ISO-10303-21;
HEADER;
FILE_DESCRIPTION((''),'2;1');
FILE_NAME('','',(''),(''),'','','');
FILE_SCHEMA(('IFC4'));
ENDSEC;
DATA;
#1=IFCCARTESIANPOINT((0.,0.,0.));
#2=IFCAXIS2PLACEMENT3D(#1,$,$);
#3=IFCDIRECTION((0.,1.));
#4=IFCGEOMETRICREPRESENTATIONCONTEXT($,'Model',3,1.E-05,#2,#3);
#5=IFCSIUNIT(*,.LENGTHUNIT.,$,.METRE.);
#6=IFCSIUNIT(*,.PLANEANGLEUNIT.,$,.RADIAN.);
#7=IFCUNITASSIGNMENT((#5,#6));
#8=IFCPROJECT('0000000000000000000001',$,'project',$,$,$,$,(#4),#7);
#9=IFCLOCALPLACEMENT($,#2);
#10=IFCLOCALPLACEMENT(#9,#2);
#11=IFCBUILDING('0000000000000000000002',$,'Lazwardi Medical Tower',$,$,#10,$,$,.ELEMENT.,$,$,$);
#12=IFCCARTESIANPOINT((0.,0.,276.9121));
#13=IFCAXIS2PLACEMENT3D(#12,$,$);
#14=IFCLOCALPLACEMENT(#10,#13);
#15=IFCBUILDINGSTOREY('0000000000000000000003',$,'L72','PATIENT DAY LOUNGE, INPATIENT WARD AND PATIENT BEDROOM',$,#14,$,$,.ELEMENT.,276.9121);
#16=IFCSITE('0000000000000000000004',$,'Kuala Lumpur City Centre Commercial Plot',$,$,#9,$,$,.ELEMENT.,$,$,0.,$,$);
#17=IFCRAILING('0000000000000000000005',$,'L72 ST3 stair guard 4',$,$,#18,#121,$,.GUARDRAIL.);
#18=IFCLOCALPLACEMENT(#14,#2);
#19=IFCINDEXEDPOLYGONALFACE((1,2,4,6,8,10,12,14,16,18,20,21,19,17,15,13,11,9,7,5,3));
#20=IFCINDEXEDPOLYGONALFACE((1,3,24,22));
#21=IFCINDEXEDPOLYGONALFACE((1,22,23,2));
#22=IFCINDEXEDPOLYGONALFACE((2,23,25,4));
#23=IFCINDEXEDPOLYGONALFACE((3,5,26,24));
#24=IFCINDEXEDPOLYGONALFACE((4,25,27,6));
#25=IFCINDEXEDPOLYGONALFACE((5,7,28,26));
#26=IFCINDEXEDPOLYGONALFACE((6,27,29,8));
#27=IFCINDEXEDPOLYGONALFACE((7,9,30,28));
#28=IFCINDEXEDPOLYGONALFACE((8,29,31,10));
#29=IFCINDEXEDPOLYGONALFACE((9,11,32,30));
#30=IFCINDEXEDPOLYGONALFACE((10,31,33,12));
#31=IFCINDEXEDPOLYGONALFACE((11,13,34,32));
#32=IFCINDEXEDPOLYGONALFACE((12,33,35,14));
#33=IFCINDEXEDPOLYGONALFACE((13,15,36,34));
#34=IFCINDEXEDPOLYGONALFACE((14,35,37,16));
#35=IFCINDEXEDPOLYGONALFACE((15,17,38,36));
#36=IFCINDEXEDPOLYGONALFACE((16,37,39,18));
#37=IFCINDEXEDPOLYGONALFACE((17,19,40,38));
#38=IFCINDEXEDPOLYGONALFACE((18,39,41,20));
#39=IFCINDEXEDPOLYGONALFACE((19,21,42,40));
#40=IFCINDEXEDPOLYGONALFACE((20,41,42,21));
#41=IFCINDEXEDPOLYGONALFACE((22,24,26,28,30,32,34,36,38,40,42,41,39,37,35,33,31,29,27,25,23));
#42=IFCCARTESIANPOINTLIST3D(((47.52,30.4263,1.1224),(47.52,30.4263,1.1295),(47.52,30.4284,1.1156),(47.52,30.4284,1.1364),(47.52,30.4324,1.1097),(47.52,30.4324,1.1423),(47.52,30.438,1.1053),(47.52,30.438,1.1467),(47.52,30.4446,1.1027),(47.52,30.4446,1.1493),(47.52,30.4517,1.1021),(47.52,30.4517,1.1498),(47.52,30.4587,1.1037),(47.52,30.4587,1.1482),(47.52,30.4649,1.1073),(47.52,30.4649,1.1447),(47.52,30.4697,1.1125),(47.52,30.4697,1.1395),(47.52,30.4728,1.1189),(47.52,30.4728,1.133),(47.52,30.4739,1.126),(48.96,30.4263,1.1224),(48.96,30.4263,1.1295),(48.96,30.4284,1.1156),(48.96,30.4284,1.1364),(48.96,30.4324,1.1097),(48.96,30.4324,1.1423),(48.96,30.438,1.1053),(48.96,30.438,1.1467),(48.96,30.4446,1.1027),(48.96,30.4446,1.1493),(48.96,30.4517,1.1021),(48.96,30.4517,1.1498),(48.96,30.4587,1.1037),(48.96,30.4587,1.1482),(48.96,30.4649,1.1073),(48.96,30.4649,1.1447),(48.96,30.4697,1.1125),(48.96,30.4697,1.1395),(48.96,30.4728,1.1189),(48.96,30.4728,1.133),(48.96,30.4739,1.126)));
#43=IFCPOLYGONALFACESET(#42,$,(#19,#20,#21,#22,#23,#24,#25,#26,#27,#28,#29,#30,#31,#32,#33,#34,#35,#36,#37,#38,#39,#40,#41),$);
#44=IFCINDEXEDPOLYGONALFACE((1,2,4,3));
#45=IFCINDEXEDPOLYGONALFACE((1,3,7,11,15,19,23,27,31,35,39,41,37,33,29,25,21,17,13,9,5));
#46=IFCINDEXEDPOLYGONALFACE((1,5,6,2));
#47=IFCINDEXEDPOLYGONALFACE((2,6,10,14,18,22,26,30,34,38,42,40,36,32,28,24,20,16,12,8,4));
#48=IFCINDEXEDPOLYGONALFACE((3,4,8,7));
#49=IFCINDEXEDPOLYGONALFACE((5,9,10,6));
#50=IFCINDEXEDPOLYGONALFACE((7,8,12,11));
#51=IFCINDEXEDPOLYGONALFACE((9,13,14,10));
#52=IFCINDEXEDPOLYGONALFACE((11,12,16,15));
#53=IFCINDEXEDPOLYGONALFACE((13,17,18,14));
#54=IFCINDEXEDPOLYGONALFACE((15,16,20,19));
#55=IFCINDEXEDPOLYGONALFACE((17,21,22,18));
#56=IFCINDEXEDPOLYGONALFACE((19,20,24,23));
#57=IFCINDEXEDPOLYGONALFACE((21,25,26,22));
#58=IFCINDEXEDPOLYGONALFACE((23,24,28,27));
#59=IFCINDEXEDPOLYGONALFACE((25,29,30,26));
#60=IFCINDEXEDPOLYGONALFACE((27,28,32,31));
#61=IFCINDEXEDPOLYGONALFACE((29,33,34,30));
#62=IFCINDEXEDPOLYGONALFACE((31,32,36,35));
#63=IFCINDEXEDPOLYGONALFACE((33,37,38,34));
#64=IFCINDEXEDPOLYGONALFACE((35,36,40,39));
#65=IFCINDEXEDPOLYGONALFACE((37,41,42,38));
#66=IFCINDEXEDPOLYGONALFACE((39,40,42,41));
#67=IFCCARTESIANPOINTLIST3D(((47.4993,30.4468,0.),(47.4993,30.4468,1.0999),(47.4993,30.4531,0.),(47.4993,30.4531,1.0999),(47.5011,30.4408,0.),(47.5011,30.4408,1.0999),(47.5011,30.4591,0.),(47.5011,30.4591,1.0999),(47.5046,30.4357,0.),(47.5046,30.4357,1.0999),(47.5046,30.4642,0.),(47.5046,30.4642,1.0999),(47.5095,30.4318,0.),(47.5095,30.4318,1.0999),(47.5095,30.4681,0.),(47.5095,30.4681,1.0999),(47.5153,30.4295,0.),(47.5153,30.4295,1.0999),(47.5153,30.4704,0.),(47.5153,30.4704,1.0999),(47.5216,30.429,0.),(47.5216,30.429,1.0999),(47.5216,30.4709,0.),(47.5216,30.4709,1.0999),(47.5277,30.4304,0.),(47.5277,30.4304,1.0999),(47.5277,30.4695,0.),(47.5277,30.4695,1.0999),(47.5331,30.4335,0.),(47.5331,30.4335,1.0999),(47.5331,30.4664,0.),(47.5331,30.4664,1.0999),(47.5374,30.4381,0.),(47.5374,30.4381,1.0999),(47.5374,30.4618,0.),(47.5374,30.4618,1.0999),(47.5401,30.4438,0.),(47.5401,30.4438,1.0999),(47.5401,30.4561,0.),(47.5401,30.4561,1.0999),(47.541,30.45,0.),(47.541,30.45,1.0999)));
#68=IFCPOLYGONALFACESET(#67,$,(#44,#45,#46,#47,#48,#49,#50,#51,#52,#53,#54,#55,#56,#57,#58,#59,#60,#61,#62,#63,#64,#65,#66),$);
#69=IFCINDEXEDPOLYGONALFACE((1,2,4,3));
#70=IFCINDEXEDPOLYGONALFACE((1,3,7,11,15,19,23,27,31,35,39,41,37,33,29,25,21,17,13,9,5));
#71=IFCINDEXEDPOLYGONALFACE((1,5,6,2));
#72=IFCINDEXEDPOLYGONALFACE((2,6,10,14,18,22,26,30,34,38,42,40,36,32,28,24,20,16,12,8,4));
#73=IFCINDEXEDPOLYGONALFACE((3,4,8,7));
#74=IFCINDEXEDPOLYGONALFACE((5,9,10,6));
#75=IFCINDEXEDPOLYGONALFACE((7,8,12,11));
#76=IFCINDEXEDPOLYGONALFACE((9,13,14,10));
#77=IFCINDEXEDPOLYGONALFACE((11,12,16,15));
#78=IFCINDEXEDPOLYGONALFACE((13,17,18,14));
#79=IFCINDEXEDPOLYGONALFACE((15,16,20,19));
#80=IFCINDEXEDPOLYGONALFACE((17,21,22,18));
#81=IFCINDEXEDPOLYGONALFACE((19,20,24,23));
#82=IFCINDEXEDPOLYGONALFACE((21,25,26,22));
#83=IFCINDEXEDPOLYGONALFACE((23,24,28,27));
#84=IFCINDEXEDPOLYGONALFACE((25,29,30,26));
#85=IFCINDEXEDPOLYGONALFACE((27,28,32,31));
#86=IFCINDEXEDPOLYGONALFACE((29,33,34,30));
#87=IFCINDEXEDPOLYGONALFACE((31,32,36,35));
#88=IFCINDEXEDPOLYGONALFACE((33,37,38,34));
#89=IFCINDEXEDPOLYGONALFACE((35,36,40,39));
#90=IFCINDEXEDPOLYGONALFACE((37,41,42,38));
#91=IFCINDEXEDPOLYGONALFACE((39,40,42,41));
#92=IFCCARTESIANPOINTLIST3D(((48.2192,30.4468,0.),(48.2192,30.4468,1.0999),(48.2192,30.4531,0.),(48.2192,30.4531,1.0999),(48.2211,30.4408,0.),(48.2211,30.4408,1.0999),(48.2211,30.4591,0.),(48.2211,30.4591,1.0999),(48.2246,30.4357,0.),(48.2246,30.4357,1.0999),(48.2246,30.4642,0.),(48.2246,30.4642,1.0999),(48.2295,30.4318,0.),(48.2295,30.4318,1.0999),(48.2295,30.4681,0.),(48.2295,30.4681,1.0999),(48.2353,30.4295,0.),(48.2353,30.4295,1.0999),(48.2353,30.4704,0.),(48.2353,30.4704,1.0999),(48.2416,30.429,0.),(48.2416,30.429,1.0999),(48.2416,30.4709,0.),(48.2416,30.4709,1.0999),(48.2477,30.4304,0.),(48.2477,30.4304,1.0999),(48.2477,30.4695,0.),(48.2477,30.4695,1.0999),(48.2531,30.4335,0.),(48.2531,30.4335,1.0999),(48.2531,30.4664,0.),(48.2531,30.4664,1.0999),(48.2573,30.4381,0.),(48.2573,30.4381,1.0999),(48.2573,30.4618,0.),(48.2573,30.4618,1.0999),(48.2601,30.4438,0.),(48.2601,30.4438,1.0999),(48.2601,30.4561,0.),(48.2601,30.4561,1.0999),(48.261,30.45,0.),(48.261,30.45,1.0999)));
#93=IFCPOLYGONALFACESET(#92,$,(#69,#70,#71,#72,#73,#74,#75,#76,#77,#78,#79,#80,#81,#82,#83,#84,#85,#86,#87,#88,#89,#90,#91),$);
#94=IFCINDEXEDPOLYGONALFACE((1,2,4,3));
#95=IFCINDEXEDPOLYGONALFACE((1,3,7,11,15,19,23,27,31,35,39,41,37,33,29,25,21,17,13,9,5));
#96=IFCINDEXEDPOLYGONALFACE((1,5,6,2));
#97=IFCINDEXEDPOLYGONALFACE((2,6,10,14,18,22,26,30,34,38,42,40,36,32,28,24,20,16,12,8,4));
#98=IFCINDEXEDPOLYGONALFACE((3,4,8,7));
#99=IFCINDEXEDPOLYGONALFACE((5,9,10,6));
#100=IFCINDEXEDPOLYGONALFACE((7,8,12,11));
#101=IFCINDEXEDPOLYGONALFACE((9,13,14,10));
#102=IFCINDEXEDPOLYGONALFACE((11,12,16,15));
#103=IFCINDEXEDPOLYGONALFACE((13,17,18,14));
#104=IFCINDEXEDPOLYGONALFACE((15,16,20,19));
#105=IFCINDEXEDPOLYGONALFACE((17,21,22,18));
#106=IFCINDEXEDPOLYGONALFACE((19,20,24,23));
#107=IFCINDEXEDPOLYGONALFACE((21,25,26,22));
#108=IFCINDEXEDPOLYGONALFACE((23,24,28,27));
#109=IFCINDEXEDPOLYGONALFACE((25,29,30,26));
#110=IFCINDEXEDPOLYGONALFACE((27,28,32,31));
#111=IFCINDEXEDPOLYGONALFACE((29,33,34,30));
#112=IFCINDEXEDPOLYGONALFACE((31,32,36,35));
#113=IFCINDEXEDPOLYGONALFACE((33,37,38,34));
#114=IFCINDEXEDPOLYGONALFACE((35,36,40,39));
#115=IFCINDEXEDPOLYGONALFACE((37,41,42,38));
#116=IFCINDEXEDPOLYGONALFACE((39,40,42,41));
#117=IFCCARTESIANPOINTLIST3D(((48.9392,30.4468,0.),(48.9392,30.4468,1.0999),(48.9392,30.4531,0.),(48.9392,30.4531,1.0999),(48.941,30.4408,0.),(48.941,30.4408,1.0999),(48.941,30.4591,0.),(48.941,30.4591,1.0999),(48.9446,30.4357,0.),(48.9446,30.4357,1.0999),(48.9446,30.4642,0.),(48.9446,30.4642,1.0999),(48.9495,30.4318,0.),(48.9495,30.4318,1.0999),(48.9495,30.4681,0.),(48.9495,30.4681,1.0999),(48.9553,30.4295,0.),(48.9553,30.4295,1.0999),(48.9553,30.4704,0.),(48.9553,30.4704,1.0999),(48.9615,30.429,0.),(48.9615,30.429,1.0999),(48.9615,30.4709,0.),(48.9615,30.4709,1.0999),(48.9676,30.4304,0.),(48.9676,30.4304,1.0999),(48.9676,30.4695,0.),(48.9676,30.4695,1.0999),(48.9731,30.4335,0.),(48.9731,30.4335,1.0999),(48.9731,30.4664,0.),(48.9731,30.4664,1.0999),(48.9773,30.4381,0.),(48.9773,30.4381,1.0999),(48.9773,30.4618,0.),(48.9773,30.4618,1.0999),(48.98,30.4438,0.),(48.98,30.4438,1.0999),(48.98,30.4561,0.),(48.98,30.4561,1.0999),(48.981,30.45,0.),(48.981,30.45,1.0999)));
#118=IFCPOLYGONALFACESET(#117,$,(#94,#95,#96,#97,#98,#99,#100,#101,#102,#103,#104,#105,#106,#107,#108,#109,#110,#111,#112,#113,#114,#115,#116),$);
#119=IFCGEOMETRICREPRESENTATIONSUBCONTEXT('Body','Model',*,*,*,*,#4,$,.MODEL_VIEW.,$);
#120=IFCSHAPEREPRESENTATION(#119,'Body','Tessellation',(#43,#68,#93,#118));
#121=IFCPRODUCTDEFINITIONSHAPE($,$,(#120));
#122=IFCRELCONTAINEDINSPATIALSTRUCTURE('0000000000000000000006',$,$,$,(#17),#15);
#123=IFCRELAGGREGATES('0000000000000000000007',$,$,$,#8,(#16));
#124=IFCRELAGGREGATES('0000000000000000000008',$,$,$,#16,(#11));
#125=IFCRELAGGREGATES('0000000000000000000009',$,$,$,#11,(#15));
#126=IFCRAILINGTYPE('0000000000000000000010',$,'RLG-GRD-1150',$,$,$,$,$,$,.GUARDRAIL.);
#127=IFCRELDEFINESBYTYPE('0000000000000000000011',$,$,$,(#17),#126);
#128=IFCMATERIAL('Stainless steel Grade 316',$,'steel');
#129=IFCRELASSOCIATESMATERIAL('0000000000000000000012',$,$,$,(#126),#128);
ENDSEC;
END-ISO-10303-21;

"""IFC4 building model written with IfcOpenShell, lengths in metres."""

from ifc_helpers import new_model, si_unit, direction, frame, origin, origin_2d, place, context, subcontext, project, spatial, circle, extrude, material, type_object, element, save


model = new_model("IFC4")

# Units and contexts
model_context = context("Model", 3, precision=1e-05, world=origin(), true_north=direction((0.0, 1.0)))
body_context = subcontext(model_context, "Body", "Model", "MODEL_VIEW")
ifc_project = project(units=[si_unit("LENGTHUNIT", "METRE"), si_unit("PLANEANGLEUNIT", "RADIAN")], contexts=[model_context])

# Site, building, storey
site_placement = place(None, origin())
site = spatial("IfcSite", under=ifc_project, at=site_placement, Name="Kuala Lumpur City Centre Commercial Plot", CompositionType="ELEMENT", RefElevation=0.0)
building_placement = place(site_placement, origin())
building = spatial("IfcBuilding", under=site, at=building_placement, Name="Lazwardi Medical Tower", CompositionType="ELEMENT")
storey_placement = place(building_placement, frame((0.0, 0.0, 276.9121)))
storey = spatial("IfcBuildingStorey", under=building, at=storey_placement, Name="L72", Description="PATIENT DAY LOUNGE, INPATIENT WARD AND PATIENT BEDROOM", CompositionType="ELEMENT", Elevation=276.9121)

# Railing
ifc_material_1 = material(Name="Stainless steel Grade 316", Category="steel")
railing_type_1 = type_object("IfcRailingType", Name="RLG-GRD-1150", PredefinedType="GUARDRAIL", material=ifc_material_1)
railing_1_placement = place(storey_placement, frame((47.52, 30.45, 0.0)))
element("IfcRailing", 1, at=railing_1_placement, inside=storey, type_object=railing_type_1, Name="L72 ST3 stair guard 4", PredefinedType="GUARDRAIL", context=body_context, shape_type="SweptSolid", body=[
    extrude(circle(Radius=0.0239, at=origin_2d()), frame((0.0, 0.0, 1.126), z_axis=(1.0, 0.0, 0.0), x_axis=(0.0, 1.0, 0.0)), (0.0, 0.0, 1.0), 1.4399),
    extrude(circle(Radius=0.021, at=origin_2d()), origin(), (0.0, 0.0, 1.0), 1.0999),
    extrude(circle(Radius=0.021, at=origin_2d()), frame((0.72, 0.0, 0.0)), (0.0, 0.0, 1.0), 1.0999),
    extrude(circle(Radius=0.021, at=origin_2d()), frame((1.4399, 0.0, 0.0)), (0.0, 0.0, 1.0), 1.0999),
])

save(model, "model.ifc")
